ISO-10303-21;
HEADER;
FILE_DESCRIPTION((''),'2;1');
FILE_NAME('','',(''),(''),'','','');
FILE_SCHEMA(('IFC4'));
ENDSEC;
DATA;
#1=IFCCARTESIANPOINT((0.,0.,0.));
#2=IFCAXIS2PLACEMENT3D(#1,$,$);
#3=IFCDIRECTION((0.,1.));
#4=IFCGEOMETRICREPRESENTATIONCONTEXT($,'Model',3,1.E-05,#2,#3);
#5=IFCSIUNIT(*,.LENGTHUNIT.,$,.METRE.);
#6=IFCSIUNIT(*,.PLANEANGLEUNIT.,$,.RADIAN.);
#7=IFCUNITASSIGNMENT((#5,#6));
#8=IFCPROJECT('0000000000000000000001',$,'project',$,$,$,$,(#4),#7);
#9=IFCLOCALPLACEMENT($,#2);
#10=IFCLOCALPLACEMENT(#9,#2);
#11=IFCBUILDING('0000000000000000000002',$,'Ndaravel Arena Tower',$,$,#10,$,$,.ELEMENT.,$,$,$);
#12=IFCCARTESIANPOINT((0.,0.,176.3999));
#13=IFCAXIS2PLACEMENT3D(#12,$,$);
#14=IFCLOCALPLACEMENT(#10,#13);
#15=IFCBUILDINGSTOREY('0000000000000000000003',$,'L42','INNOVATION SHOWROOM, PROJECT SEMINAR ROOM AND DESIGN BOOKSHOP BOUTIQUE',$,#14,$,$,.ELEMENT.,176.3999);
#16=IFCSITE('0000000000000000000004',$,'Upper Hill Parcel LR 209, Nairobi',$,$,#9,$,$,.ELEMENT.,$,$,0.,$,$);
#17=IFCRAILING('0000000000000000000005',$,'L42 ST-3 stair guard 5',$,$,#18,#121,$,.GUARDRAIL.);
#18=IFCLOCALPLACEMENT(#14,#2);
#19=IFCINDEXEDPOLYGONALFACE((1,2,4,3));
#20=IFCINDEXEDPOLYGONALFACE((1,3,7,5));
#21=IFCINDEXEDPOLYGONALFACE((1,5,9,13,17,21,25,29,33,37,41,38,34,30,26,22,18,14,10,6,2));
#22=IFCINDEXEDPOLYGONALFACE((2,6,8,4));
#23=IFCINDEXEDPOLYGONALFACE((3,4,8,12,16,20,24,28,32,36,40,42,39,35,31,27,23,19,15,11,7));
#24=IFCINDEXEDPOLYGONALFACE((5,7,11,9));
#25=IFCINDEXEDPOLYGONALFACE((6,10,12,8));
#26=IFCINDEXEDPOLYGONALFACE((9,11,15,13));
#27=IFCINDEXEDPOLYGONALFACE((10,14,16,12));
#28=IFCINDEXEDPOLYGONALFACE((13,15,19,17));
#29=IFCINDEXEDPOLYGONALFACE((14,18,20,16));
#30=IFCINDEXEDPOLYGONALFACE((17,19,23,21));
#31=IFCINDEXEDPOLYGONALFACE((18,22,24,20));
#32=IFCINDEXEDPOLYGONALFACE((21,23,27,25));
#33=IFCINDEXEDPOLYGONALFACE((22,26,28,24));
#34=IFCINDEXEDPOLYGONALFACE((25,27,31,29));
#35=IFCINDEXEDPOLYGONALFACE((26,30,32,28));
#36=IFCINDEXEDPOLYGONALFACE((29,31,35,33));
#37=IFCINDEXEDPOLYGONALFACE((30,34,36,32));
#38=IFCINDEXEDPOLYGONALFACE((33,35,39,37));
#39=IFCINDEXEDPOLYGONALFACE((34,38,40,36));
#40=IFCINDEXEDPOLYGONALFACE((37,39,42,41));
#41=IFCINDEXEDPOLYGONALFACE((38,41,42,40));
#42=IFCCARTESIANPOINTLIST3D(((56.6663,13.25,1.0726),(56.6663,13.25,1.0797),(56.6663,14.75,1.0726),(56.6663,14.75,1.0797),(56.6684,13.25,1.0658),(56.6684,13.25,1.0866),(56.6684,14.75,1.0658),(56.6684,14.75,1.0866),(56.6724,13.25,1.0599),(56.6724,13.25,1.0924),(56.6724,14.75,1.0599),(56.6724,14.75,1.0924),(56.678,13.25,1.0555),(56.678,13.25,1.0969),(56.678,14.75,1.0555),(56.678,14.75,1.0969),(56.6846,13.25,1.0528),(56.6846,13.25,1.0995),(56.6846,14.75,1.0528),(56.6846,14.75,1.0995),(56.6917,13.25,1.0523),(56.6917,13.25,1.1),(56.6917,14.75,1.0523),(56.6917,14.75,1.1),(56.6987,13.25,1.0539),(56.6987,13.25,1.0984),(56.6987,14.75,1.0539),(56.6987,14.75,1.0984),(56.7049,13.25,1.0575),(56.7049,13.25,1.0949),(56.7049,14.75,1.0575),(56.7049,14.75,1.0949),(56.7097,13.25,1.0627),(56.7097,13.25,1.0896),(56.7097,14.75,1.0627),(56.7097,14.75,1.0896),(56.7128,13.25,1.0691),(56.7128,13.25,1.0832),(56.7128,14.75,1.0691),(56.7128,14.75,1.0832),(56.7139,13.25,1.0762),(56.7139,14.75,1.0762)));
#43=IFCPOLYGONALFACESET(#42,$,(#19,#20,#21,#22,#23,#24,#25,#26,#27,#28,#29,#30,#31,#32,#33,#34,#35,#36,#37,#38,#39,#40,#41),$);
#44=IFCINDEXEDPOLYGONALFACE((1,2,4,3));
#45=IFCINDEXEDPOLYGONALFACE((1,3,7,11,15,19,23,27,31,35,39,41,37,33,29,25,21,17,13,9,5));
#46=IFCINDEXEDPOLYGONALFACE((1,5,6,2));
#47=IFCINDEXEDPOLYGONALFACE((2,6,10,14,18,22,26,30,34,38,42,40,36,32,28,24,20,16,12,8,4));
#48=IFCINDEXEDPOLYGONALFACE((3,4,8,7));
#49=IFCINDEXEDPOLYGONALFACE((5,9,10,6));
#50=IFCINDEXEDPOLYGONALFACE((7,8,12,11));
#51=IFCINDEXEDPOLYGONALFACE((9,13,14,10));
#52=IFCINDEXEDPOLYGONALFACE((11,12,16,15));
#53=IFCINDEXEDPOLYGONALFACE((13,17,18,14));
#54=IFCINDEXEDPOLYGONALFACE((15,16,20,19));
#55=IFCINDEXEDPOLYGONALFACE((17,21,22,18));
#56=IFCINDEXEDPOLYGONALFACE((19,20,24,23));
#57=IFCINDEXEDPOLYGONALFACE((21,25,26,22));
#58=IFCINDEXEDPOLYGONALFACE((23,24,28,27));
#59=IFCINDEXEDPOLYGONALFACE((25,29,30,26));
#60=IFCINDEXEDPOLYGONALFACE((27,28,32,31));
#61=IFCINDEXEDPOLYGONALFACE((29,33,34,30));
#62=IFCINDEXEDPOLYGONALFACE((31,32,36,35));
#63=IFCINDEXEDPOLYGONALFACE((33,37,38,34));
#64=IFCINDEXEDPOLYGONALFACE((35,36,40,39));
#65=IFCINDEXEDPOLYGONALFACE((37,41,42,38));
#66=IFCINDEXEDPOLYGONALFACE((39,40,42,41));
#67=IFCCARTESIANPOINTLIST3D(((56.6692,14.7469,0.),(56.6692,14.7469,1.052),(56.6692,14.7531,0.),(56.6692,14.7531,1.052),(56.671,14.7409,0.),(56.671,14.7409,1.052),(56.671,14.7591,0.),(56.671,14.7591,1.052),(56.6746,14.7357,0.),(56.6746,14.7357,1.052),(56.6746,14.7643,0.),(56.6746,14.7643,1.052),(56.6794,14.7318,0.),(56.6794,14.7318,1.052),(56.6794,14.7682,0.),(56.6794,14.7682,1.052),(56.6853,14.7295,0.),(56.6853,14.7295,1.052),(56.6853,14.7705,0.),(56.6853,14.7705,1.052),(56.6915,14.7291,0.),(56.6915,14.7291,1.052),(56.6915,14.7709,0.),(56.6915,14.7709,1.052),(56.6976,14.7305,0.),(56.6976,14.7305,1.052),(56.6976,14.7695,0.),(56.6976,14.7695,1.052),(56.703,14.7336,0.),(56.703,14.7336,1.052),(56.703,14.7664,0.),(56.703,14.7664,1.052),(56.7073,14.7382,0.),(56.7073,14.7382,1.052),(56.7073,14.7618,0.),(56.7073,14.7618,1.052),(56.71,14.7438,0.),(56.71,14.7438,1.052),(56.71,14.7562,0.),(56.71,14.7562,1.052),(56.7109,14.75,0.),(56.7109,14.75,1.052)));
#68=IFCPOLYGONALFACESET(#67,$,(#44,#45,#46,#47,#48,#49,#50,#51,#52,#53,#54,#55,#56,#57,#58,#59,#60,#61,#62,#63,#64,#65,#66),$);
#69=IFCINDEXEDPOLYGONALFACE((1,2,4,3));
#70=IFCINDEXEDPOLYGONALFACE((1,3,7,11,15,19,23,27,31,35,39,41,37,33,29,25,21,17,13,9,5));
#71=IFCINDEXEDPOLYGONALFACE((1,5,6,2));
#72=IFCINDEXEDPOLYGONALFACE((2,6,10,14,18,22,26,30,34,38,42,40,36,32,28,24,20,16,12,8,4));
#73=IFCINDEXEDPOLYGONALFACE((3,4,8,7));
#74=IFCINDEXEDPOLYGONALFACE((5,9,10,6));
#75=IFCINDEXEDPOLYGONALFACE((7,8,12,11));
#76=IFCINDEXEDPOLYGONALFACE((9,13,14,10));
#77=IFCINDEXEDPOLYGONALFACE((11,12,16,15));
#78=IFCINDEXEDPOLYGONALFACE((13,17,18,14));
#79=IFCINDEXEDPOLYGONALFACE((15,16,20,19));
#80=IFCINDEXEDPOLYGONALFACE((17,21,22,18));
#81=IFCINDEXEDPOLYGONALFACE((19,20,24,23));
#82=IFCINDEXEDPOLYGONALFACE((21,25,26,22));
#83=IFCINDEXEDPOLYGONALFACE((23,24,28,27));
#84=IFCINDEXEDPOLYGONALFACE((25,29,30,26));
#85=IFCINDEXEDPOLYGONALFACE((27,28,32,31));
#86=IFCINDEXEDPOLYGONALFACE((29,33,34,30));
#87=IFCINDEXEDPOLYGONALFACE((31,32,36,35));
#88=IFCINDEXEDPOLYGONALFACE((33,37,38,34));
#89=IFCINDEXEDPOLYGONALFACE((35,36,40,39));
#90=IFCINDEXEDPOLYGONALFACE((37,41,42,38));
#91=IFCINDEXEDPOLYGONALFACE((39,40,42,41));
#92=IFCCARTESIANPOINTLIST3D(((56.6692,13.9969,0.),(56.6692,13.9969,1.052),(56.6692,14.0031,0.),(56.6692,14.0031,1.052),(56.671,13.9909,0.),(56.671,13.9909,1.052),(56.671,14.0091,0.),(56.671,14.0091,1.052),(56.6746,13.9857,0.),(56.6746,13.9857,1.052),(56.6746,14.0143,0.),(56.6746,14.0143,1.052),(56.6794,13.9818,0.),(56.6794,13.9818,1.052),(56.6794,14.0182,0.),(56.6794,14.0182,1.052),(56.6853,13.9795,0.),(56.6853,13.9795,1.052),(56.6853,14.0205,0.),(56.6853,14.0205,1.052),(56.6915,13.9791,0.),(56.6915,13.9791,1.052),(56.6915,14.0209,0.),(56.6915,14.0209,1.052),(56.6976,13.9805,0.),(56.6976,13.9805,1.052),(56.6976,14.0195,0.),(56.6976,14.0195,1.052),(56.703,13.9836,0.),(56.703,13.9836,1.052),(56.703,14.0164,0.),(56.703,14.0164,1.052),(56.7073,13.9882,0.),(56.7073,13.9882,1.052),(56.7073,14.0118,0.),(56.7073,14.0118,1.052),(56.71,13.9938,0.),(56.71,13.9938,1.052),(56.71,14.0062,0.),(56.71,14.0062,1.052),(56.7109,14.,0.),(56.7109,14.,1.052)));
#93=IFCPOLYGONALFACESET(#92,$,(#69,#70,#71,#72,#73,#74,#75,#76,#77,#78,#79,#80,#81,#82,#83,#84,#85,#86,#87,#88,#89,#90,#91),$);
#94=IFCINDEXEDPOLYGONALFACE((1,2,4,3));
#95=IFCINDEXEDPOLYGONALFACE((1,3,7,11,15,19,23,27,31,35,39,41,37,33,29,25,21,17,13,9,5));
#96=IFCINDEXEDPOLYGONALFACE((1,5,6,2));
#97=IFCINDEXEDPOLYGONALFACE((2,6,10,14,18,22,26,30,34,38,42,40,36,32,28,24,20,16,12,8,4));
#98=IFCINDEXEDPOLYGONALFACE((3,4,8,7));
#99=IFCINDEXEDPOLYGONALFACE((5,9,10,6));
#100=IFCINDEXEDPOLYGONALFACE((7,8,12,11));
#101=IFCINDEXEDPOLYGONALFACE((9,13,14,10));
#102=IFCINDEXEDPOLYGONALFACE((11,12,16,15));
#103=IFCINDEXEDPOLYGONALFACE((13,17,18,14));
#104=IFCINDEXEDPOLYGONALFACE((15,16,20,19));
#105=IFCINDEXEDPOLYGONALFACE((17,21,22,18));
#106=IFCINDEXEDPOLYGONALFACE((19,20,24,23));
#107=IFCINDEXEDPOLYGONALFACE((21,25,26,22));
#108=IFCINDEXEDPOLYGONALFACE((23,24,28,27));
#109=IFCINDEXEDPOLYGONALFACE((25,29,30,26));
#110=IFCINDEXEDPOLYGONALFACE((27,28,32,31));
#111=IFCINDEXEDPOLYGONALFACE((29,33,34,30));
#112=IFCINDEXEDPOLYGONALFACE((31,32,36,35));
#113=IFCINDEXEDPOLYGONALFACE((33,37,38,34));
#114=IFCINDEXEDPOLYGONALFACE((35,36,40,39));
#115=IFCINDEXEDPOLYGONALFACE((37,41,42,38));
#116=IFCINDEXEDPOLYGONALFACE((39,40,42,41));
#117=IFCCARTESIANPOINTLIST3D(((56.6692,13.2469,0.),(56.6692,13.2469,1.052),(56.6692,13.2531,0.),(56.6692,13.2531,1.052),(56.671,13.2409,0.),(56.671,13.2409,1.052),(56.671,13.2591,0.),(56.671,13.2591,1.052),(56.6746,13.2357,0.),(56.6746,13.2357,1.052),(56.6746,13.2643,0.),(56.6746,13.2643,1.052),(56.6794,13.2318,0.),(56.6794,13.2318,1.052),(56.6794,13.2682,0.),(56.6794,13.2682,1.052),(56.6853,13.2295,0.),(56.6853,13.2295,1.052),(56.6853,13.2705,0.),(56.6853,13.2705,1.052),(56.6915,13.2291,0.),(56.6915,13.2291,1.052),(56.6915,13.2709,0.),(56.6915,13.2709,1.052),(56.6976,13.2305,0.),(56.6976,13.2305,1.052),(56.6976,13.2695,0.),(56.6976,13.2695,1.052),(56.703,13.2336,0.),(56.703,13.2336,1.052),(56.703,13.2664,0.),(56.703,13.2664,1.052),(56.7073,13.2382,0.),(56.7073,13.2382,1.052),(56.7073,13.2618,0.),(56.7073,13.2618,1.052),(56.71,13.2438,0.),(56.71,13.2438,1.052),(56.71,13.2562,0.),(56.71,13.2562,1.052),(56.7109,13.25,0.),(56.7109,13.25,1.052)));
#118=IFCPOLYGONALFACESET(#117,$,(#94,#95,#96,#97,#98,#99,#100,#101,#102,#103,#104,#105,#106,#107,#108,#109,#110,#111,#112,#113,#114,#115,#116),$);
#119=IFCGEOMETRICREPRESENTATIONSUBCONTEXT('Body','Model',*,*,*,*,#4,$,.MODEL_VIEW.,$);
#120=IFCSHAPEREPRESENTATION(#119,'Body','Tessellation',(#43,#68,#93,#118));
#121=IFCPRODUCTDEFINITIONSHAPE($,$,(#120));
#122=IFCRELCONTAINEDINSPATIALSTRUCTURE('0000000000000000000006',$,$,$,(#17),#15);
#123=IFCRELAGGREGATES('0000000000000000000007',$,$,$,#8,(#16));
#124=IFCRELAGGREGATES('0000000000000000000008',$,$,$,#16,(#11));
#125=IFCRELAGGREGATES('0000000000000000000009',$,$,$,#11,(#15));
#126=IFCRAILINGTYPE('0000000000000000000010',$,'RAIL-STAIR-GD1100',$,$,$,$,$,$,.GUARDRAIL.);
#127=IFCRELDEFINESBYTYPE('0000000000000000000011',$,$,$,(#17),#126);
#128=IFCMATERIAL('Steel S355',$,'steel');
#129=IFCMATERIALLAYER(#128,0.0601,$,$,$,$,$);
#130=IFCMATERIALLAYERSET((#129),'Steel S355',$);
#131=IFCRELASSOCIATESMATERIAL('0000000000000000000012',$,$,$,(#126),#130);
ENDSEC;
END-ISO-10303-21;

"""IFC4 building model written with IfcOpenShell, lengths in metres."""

from ifc_helpers import new_model, si_unit, direction, frame, origin, origin_2d, place, context, subcontext, project, spatial, circle, extrude, material, layer, layer_set, type_object, element, save


model = new_model("IFC4")

# Units and contexts
model_context = context("Model", 3, precision=1e-05, world=origin(), true_north=direction((0.0, 1.0)))
body_context = subcontext(model_context, "Body", "Model", "MODEL_VIEW")
ifc_project = project(units=[si_unit("LENGTHUNIT", "METRE"), si_unit("PLANEANGLEUNIT", "RADIAN")], contexts=[model_context])

# Site, building, storey
site_placement = place(None, origin())
site = spatial("IfcSite", under=ifc_project, at=site_placement, Name="Upper Hill Parcel LR 209, Nairobi", CompositionType="ELEMENT", RefElevation=0.0)
building_placement = place(site_placement, origin())
building = spatial("IfcBuilding", under=site, at=building_placement, Name="Ndaravel Arena Tower", CompositionType="ELEMENT")
storey_placement = place(building_placement, frame((0.0, 0.0, 176.3999)))
storey = spatial("IfcBuildingStorey", under=building, at=storey_placement, Name="L42", Description="INNOVATION SHOWROOM, PROJECT SEMINAR ROOM AND DESIGN BOOKSHOP BOUTIQUE", CompositionType="ELEMENT", Elevation=176.3999)

# Railing
ifc_material_1 = material(Name="Steel S355", Category="steel")
ifc_layer_1 = layer(ifc_material_1, 0.0601)
ifc_layer_set_1 = layer_set([ifc_layer_1], Name="Steel S355")
railing_type = type_object("IfcRailingType", Name="RAIL-STAIR-GD1100", PredefinedType="GUARDRAIL", material=ifc_layer_set_1)
railing_1_placement = place(storey_placement, frame((56.6899, 14.75, 0.0)))
element("IfcRailing", 1, at=railing_1_placement, inside=storey, type_object=railing_type, Name="L42 ST-3 stair guard 5", PredefinedType="GUARDRAIL", context=body_context, shape_type="SweptSolid", body=[
    extrude(circle(Radius=0.0239, at=origin_2d()), frame((0.0, 0.0, 1.0762), z_axis=(0.0, -1.0, 0.0), x_axis=(1.0, 0.0, 0.0)), (0.0, 0.0, 1.0), 1.5),
    extrude(circle(Radius=0.021, at=origin_2d()), origin(), (0.0, 0.0, 1.0), 1.052),
    extrude(circle(Radius=0.021, at=origin_2d()), frame((0.0, -0.75, 0.0)), (0.0, 0.0, 1.0), 1.052),
    extrude(circle(Radius=0.021, at=origin_2d()), frame((0.0, -1.5, 0.0)), (0.0, 0.0, 1.0), 1.052),
])

save(model, "model.ifc")
